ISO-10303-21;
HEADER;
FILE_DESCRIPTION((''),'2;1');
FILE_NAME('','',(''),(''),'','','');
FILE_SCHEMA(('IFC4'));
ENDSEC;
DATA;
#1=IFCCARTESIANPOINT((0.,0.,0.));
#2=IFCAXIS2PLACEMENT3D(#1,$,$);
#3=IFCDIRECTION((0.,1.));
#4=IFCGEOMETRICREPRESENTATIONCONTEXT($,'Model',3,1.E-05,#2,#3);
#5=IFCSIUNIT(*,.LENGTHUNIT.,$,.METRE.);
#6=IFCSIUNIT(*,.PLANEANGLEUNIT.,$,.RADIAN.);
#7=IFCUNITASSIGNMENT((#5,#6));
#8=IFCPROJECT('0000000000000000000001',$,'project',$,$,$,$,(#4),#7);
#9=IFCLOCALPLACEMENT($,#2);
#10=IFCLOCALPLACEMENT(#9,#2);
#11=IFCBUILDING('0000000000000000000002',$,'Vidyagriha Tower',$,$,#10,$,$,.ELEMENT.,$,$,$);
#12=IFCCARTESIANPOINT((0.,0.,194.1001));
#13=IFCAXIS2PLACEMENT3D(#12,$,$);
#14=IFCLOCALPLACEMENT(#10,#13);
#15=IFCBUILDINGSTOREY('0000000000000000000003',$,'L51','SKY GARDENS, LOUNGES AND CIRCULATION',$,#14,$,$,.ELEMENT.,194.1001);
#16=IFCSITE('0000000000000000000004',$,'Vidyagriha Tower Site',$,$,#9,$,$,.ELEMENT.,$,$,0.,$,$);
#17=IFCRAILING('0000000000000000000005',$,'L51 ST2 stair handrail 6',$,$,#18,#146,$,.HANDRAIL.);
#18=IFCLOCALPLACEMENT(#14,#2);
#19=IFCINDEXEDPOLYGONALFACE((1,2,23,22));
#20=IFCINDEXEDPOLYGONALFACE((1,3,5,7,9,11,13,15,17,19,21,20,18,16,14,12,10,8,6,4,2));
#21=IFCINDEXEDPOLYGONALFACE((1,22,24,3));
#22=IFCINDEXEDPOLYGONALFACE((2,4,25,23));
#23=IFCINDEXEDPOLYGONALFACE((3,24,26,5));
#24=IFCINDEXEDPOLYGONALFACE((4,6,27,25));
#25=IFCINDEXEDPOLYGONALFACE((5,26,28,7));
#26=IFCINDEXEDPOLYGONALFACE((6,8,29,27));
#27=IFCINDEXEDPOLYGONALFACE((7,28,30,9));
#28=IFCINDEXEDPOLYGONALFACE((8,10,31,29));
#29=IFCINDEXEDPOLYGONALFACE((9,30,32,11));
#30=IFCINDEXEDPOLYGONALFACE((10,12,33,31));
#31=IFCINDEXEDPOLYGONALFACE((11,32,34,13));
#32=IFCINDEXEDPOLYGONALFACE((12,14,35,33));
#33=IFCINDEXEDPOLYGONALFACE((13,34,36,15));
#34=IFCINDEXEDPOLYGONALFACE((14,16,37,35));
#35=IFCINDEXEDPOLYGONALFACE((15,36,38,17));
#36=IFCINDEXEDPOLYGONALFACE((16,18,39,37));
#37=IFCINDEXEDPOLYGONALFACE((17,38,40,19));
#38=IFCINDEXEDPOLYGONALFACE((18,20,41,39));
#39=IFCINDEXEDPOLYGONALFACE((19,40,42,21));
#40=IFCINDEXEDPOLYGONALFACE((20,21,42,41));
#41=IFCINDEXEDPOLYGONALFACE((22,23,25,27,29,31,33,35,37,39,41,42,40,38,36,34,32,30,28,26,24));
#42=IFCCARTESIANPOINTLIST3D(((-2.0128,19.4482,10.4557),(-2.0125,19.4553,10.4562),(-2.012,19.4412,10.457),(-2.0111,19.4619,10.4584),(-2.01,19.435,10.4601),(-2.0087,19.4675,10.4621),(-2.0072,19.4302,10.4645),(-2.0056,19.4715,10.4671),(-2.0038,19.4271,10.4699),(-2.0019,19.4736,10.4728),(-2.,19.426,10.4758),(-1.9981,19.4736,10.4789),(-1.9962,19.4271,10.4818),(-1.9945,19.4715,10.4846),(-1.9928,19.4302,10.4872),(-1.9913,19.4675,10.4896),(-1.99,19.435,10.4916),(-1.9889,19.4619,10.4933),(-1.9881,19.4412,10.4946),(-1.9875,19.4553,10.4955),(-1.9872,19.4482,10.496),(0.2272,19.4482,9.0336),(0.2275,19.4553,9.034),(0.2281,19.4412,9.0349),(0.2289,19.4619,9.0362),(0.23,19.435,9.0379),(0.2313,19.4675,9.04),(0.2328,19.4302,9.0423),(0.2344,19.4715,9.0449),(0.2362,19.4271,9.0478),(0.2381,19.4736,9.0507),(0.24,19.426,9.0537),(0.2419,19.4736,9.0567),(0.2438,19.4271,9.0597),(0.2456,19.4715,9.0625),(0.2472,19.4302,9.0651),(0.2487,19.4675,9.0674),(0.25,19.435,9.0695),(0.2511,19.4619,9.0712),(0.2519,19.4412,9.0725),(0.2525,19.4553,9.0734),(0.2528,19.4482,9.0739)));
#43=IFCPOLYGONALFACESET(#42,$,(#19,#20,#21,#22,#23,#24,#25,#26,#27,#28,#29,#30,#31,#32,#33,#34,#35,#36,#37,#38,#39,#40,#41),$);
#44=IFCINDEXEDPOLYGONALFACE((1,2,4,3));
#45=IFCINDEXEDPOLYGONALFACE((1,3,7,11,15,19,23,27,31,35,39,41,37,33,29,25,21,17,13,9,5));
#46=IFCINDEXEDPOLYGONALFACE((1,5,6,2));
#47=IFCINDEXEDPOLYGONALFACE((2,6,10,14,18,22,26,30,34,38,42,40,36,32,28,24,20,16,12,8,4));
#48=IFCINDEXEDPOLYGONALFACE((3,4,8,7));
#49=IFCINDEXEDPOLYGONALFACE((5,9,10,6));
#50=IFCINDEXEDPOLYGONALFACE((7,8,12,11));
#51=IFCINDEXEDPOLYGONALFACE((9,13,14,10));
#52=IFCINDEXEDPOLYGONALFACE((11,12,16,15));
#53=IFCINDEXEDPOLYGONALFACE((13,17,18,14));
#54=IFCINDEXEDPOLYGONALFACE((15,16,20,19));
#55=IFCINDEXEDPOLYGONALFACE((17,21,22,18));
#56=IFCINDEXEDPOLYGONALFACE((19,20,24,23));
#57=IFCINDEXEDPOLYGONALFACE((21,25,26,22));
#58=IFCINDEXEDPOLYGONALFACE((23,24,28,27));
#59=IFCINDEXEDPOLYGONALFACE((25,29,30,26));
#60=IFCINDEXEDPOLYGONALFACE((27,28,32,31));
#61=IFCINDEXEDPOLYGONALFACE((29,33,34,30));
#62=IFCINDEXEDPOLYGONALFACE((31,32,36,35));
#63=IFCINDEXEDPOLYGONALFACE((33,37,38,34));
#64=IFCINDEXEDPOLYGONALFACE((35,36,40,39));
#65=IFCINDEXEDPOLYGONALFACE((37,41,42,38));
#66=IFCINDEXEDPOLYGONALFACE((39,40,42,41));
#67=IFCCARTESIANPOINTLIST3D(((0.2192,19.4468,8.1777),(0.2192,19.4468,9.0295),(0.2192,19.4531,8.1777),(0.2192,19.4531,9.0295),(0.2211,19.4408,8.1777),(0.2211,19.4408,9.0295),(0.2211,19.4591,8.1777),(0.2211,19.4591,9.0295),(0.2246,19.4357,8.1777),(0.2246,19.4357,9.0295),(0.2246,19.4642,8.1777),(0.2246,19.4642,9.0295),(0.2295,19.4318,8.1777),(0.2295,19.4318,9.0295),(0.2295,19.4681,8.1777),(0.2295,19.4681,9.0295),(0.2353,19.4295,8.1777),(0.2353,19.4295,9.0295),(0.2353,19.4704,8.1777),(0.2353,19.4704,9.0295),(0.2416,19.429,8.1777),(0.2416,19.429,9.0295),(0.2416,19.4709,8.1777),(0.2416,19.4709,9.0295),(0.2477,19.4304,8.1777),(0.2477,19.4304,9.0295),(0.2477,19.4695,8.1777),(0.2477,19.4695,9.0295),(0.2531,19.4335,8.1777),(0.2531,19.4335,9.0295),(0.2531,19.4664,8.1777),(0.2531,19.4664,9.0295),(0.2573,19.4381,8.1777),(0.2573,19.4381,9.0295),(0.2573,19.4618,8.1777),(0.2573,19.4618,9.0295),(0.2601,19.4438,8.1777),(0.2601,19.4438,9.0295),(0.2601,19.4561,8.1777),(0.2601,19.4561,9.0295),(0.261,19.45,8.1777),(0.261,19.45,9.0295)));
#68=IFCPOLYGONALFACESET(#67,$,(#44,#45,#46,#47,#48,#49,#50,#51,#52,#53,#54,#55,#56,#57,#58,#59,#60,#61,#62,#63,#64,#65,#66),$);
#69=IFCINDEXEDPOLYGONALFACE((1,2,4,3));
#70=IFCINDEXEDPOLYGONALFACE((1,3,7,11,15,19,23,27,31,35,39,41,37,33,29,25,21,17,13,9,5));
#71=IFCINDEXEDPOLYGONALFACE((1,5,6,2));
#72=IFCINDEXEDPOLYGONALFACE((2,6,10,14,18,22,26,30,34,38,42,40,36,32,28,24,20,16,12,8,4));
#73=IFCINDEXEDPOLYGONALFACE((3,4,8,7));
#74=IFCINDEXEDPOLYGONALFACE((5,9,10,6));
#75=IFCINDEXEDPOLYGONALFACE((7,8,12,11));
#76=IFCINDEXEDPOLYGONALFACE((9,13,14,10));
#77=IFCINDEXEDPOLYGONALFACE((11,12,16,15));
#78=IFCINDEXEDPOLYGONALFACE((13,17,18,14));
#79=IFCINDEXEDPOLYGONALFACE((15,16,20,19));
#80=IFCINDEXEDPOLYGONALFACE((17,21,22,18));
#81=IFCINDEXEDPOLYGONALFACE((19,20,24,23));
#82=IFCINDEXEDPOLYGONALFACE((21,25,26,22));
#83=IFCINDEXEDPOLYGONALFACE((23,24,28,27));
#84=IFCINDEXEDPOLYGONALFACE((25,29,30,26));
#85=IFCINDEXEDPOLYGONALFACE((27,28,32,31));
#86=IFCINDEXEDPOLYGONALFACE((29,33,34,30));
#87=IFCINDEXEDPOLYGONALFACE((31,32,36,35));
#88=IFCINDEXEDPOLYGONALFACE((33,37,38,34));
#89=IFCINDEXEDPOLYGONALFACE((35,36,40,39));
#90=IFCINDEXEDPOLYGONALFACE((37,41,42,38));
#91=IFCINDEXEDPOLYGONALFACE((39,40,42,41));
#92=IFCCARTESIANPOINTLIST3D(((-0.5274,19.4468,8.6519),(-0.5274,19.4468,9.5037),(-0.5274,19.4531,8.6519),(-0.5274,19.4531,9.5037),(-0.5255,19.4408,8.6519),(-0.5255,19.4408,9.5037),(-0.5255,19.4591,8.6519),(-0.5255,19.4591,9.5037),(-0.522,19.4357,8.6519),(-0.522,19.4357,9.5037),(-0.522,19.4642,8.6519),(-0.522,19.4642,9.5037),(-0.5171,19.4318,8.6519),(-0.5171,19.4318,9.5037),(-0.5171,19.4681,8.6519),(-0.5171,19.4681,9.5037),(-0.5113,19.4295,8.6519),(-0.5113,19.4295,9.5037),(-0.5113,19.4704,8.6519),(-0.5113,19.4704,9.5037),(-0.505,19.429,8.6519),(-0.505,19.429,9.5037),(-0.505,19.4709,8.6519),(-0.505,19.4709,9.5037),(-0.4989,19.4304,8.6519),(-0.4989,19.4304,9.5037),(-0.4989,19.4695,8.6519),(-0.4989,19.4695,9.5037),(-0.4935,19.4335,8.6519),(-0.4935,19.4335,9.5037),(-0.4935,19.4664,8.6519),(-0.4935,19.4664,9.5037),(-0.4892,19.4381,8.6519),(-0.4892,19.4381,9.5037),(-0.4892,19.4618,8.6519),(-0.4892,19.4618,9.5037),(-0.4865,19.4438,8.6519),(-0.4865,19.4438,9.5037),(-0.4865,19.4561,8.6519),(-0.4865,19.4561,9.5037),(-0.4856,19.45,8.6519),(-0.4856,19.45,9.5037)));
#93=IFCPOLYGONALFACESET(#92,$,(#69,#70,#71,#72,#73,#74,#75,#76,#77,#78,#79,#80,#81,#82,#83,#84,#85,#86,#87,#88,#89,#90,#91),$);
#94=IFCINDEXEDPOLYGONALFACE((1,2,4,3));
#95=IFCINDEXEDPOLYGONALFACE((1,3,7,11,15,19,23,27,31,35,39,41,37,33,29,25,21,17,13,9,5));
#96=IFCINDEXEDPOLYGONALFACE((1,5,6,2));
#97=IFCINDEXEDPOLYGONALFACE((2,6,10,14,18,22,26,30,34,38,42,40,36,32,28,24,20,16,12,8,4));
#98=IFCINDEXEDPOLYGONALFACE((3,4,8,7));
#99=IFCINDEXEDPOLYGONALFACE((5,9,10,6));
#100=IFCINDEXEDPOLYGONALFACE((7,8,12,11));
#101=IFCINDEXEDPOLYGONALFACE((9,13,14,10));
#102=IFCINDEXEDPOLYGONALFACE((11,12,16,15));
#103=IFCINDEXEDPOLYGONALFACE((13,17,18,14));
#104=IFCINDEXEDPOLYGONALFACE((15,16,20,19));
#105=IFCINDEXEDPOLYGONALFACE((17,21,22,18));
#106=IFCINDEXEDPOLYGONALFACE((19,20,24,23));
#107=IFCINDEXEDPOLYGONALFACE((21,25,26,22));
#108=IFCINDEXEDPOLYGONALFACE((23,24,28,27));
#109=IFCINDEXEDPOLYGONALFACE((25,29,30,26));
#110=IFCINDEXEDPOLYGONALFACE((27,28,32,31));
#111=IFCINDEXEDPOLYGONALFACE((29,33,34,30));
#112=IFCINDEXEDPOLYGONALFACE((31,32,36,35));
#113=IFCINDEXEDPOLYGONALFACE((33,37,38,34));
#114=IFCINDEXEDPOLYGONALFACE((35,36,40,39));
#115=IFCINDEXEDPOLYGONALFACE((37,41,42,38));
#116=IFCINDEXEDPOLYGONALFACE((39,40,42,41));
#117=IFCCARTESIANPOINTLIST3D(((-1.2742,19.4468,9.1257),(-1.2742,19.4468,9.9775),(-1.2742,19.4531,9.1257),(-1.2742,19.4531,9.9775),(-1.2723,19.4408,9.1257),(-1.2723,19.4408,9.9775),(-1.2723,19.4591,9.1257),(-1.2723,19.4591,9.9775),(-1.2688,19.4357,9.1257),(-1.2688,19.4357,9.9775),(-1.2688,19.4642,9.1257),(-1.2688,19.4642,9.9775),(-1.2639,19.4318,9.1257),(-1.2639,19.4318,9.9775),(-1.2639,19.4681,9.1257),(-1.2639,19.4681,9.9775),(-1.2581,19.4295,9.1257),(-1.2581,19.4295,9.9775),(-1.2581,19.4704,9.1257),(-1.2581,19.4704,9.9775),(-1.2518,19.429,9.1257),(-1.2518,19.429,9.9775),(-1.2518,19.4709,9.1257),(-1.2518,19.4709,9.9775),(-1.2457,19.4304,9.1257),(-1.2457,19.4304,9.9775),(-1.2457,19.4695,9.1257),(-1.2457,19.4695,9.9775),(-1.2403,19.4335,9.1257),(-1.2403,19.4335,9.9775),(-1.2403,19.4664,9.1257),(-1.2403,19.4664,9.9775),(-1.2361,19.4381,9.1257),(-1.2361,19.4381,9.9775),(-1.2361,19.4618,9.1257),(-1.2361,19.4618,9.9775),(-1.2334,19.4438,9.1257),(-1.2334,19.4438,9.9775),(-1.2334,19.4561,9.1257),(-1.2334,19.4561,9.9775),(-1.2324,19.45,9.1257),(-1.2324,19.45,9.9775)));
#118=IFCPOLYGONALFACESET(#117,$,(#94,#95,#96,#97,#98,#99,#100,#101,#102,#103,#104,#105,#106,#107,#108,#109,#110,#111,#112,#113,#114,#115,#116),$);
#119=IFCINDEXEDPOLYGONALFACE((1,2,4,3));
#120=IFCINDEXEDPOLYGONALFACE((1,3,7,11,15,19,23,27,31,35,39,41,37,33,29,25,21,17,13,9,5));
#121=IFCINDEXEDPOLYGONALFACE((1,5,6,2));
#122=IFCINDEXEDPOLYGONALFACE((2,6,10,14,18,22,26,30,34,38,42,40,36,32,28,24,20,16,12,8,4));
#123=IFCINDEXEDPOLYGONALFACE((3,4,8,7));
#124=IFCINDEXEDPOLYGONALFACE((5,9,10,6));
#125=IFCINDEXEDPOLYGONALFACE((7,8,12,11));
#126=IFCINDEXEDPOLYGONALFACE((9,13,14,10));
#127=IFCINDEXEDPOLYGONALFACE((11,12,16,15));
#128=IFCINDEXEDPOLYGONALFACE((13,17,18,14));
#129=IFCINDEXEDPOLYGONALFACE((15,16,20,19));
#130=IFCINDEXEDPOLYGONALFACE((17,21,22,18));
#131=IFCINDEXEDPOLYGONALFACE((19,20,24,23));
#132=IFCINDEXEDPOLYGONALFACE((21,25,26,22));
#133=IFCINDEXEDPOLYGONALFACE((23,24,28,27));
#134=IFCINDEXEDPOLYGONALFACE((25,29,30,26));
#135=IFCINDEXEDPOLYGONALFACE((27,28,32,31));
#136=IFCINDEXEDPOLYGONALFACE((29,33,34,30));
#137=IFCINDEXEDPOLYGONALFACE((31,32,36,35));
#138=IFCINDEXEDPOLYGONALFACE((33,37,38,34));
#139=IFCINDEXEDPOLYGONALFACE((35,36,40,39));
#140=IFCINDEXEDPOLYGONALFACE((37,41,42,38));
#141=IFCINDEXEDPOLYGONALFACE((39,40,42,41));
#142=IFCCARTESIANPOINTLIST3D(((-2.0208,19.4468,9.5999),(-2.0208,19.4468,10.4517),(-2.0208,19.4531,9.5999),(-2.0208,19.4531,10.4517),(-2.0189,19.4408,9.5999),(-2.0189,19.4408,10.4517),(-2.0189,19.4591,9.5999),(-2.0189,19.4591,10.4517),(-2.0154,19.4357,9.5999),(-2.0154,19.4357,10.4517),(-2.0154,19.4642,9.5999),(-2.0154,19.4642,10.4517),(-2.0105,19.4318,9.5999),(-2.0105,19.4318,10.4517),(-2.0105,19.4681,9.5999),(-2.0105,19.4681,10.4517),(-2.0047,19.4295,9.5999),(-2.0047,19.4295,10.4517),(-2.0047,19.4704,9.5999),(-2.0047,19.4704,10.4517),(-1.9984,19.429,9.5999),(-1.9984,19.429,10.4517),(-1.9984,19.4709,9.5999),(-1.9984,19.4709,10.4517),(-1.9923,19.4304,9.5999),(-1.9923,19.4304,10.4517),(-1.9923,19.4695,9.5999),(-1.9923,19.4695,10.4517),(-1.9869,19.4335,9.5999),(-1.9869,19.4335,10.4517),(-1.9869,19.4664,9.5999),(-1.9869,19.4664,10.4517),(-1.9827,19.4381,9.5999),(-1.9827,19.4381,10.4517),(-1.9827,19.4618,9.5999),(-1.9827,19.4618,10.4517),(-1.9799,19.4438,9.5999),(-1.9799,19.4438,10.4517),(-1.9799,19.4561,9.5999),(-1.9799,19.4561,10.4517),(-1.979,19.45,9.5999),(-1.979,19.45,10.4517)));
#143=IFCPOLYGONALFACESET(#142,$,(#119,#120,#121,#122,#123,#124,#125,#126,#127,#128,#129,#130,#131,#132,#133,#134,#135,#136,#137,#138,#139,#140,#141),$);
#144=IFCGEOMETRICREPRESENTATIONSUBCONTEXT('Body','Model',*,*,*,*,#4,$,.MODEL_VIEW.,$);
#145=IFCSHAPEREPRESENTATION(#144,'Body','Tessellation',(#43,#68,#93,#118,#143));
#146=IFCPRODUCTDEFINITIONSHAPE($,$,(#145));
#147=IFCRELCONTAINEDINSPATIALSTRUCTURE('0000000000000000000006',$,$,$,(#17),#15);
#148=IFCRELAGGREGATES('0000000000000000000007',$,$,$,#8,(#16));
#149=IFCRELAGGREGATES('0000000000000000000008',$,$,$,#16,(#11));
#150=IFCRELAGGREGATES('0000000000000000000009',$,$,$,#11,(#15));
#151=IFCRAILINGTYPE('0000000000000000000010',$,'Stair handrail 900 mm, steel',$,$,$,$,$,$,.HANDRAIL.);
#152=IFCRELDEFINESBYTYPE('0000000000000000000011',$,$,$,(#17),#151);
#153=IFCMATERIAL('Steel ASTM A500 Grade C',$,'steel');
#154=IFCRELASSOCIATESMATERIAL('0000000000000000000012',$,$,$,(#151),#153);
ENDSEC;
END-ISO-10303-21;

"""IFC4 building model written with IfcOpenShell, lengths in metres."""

from ifc_helpers import new_model, si_unit, direction, frame, origin, origin_2d, place, context, subcontext, project, spatial, circle, extrude, material, type_object, element, save


model = new_model("IFC4")

# Units and contexts
model_context = context("Model", 3, precision=1e-05, world=origin(), true_north=direction((0.0, 1.0)))
body_context = subcontext(model_context, "Body", "Model", "MODEL_VIEW")
ifc_project = project(units=[si_unit("LENGTHUNIT", "METRE"), si_unit("PLANEANGLEUNIT", "RADIAN")], contexts=[model_context])

# Site, building, storey
site_placement = place(None, origin())
site = spatial("IfcSite", under=ifc_project, at=site_placement, Name="Vidyagriha Tower Site", CompositionType="ELEMENT", RefElevation=0.0)
building_placement = place(site_placement, origin())
building = spatial("IfcBuilding", under=site, at=building_placement, Name="Vidyagriha Tower", CompositionType="ELEMENT")
storey_placement = place(building_placement, frame((0.0, 0.0, 194.1001)))
storey = spatial("IfcBuildingStorey", under=building, at=storey_placement, Name="L51", Description="SKY GARDENS, LOUNGES AND CIRCULATION", CompositionType="ELEMENT", Elevation=194.1001)

# Railing
ifc_material_1 = material(Name="Steel ASTM A500 Grade C", Category="steel")
railing_type_1 = type_object("IfcRailingType", Name="Stair handrail 900 mm, steel", PredefinedType="HANDRAIL", material=ifc_material_1)
for number, where, name in (
    (1, (0.24, 19.45, 8.1777), "L51 ST2 stair handrail 6"),
):
    element("IfcRailing", number, at=place(storey_placement, frame(where)), inside=storey, type_object=railing_type_1, Name=name, PredefinedType="HANDRAIL", context=body_context, shape_type="SweptSolid", body=[
        extrude(circle(Radius=0.0239, at=origin_2d()), frame((0.0, 0.0, 0.876), z_axis=(-0.844229, 0.0, 0.535982), x_axis=(0.0, -1.0, 0.0)), (0.0, 0.0, 1.0), 2.6533),
        extrude(circle(Radius=0.021, at=origin_2d()), origin(), (0.0, 0.0, 1.0), 0.8518),
        extrude(circle(Radius=0.021, at=origin_2d()), frame((-0.7466, 0.0, 0.4741)), (0.0, 0.0, 1.0), 0.8518),
        extrude(circle(Radius=0.021, at=origin_2d()), frame((-1.4934, 0.0, 0.948)), (0.0, 0.0, 1.0), 0.8518),
        extrude(circle(Radius=0.021, at=origin_2d()), frame((-2.24, 0.0, 1.4221)), (0.0, 0.0, 1.0), 0.8518),
    ])

save(model, "model.ifc")
